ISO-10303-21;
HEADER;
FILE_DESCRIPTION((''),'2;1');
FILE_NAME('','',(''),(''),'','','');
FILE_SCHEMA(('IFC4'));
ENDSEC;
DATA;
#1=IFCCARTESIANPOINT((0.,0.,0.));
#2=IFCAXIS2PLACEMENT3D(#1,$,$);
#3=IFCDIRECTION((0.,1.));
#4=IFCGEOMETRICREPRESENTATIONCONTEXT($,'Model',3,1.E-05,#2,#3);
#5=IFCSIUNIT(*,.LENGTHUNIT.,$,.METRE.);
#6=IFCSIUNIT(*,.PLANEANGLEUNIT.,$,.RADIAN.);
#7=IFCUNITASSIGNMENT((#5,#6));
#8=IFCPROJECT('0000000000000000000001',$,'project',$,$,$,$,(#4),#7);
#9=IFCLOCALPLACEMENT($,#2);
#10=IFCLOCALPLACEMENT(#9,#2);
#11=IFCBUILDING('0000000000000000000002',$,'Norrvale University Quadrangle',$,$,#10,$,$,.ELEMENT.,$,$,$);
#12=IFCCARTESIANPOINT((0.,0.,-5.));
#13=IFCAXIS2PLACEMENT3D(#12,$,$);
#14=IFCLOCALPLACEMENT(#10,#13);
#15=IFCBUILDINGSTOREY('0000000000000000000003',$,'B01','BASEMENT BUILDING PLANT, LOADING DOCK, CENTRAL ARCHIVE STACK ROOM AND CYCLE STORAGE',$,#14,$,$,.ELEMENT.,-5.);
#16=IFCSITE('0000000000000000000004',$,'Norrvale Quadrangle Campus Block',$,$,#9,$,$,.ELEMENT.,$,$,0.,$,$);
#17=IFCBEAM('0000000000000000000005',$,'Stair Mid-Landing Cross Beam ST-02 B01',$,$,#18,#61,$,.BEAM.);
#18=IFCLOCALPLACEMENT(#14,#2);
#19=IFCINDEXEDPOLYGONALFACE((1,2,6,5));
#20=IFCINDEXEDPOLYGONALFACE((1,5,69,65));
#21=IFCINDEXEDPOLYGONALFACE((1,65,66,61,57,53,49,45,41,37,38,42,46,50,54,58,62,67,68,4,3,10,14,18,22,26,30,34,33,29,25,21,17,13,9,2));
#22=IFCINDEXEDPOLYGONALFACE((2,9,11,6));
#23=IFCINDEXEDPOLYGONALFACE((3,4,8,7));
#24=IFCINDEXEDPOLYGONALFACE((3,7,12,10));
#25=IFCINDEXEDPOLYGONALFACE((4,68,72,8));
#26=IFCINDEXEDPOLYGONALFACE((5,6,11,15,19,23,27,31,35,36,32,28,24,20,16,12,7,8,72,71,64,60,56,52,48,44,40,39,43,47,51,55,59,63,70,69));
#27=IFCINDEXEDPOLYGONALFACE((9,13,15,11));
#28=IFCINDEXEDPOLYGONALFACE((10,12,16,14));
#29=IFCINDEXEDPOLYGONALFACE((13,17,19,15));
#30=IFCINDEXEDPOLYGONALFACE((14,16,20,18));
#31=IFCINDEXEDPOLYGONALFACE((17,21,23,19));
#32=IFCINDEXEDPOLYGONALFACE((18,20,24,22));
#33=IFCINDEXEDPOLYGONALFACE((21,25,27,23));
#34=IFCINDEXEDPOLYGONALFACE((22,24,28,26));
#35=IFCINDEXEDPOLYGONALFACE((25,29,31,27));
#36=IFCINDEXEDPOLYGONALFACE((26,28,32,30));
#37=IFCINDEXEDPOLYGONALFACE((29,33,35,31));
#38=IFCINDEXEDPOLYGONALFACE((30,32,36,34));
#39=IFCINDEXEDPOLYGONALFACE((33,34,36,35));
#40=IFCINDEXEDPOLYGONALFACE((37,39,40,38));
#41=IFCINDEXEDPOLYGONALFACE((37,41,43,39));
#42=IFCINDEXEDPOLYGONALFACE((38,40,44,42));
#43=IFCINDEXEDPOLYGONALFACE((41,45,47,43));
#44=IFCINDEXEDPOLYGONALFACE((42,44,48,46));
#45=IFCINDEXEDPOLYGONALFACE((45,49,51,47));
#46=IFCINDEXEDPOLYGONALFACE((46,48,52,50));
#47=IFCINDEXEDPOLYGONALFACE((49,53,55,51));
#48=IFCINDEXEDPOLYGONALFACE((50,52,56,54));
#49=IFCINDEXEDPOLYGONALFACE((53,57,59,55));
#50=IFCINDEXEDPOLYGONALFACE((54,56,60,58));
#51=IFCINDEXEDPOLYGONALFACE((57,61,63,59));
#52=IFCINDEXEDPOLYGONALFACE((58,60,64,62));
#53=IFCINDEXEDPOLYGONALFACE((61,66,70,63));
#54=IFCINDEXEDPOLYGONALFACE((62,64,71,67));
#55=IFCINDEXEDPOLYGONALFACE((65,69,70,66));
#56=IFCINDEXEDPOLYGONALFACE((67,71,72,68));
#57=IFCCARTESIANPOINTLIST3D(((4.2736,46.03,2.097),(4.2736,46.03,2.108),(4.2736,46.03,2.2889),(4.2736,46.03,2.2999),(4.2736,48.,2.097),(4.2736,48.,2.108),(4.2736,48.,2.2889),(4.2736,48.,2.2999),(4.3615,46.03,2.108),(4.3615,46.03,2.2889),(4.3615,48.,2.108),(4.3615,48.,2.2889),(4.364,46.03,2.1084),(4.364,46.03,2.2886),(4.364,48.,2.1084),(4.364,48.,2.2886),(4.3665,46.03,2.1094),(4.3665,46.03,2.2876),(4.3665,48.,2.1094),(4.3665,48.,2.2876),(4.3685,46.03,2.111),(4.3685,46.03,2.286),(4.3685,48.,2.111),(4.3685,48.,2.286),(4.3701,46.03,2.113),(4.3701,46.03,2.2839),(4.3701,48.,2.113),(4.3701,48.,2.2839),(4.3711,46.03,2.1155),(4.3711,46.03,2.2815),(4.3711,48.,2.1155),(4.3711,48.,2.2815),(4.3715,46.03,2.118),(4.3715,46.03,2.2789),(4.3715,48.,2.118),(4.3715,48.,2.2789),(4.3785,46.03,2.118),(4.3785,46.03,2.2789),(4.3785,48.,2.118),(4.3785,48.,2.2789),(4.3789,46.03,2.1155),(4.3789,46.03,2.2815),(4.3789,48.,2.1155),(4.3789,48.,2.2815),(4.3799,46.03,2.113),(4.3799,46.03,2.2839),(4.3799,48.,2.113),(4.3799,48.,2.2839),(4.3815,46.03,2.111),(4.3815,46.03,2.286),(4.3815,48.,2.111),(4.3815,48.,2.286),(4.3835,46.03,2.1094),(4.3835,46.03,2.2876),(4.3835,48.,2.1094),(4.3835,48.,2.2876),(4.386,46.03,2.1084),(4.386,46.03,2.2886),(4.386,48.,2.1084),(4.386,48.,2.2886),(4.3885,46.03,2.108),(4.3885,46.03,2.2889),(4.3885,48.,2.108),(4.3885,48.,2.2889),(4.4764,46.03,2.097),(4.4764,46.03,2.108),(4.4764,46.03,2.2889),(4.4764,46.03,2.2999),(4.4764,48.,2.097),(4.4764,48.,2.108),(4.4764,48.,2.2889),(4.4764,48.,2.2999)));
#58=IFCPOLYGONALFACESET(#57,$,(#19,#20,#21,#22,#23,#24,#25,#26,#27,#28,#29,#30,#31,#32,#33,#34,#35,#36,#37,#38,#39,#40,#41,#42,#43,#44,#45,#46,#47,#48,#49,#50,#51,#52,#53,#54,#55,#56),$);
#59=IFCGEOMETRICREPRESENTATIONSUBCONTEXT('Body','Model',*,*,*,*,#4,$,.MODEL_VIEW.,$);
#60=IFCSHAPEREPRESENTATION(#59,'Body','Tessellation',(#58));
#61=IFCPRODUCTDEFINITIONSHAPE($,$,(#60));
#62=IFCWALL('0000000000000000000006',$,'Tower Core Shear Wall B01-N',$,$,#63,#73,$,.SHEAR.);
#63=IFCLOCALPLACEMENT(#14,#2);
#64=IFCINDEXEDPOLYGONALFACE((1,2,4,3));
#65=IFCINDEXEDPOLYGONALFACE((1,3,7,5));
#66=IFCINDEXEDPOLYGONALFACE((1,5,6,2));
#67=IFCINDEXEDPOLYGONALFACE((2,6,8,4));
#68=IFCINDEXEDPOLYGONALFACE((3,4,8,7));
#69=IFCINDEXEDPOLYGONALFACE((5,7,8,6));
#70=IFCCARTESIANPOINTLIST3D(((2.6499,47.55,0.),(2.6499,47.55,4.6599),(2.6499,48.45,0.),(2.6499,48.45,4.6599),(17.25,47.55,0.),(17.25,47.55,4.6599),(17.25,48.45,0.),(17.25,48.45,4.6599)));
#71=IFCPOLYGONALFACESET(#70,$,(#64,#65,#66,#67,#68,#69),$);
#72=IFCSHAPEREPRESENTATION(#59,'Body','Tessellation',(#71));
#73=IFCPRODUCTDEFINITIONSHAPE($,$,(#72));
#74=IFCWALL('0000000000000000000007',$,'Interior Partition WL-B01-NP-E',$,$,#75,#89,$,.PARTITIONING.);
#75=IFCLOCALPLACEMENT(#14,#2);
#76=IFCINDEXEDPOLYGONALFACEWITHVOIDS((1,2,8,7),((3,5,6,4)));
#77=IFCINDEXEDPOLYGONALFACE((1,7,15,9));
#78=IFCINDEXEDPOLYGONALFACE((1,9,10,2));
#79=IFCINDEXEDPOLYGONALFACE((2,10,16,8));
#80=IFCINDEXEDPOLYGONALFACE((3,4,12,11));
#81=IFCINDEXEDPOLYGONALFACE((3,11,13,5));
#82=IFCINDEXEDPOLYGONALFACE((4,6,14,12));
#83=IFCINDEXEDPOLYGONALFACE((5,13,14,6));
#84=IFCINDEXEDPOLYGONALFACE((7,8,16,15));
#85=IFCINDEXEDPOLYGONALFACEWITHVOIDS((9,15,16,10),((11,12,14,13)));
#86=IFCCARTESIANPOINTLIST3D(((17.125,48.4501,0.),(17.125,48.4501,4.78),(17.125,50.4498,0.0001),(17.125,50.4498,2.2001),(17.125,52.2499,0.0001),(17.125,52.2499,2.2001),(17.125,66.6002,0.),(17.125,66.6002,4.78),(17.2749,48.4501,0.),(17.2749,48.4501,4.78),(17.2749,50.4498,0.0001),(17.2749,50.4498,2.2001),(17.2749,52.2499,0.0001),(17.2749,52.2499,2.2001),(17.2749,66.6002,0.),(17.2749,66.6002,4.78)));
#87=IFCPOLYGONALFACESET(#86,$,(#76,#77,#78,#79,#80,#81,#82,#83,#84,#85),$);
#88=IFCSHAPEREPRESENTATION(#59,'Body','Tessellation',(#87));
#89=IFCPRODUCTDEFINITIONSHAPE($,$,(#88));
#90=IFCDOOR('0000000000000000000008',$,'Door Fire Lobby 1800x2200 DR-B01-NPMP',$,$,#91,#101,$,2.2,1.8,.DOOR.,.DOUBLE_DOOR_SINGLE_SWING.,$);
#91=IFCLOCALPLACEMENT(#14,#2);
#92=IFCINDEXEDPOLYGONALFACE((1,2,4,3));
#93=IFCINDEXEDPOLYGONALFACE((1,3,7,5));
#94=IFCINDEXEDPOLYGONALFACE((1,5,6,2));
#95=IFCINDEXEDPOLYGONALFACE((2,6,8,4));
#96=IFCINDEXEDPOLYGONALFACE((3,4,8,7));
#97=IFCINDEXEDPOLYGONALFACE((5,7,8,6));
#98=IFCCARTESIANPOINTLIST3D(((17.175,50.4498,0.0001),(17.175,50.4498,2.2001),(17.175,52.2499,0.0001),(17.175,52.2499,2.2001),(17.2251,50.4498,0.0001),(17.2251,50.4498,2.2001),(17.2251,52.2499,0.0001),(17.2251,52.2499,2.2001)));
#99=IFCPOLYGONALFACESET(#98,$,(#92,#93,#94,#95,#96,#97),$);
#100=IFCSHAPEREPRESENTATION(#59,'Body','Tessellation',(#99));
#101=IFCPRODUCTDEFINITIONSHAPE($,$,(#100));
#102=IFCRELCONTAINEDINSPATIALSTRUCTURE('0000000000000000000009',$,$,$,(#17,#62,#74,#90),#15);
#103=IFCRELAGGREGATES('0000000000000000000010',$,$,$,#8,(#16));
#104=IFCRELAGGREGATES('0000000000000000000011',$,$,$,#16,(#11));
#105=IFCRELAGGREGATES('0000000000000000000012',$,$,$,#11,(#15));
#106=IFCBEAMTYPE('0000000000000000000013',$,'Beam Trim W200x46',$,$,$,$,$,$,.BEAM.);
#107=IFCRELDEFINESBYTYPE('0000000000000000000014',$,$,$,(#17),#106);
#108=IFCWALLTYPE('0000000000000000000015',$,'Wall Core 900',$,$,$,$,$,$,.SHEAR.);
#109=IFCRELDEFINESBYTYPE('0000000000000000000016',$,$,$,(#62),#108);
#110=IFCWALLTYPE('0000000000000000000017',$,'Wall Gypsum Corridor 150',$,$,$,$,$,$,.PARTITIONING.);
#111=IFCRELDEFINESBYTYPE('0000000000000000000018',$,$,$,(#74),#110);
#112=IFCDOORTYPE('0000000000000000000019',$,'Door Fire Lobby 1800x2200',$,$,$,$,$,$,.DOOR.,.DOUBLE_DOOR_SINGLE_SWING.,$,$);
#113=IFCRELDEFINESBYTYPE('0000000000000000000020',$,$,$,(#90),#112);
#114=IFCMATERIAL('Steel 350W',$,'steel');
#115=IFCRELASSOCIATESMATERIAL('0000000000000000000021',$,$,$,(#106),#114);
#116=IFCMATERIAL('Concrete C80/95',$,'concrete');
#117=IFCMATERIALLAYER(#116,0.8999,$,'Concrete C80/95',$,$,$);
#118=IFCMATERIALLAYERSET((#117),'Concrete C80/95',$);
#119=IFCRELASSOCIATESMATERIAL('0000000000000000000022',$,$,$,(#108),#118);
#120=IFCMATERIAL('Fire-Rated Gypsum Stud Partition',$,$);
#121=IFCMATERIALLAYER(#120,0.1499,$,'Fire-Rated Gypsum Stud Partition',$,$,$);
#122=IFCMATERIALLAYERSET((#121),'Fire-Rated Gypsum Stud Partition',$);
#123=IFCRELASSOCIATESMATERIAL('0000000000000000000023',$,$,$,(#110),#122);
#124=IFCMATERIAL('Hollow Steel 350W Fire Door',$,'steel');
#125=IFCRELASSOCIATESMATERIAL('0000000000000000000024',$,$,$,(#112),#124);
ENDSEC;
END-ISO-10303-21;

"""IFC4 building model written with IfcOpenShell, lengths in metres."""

from ifc_helpers import new_model, si_unit, direction, frame, frame_2d, origin, origin_2d, place, context, subcontext, project, spatial, rectangle, i_section, extrude, material, layer, layer_set, material_profile, profile_set, type_object, element, fill, save


model = new_model("IFC4")

# Units and contexts
model_context = context("Model", 3, precision=1e-05, world=origin(), true_north=direction((0.0, 1.0)))
body_context = subcontext(model_context, "Body", "Model", "MODEL_VIEW")
ifc_project = project(units=[si_unit("LENGTHUNIT", "METRE"), si_unit("PLANEANGLEUNIT", "RADIAN")], contexts=[model_context])

# Site, building, storey
site_placement = place(None, origin())
site = spatial("IfcSite", under=ifc_project, at=site_placement, Name="Norrvale Quadrangle Campus Block", CompositionType="ELEMENT", RefElevation=0.0)
building_placement = place(site_placement, origin())
building = spatial("IfcBuilding", under=site, at=building_placement, Name="Norrvale University Quadrangle", CompositionType="ELEMENT")
storey_placement = place(building_placement, frame((0.0, 0.0, -5.0)))
storey = spatial("IfcBuildingStorey", under=building, at=storey_placement, Name="B01", Description="BASEMENT BUILDING PLANT, LOADING DOCK, CENTRAL ARCHIVE STACK ROOM AND CYCLE STORAGE", CompositionType="ELEMENT", Elevation=-5.0)

# Shared definitions
ifc_material_1 = material(Name="Concrete C80/95", Category="concrete")

# Beam
ifc_material_2 = material(Name="Steel 350W", Category="steel")
ifc_material_profile_1 = material_profile(ifc_material_2, i_section(OverallWidth=0.2029, OverallDepth=0.2029, WebThickness=0.0071, FlangeThickness=0.011, FilletRadius=0.01, at=origin_2d()), Name="Steel 350W")
ifc_profile_set_1 = profile_set([ifc_material_profile_1], Name="Steel 350W")
beam_type_1 = type_object("IfcBeamType", Name="Beam Trim W200x46", PredefinedType="BEAM", material=ifc_profile_set_1)
beam_1_placement = place(storey_placement, frame((4.375, 46.03, 2.1985), z_axis=(0.0, 1.0, 0.0), x_axis=(-1.0, 0.0, 0.0)))
element("IfcBeam", 1, at=beam_1_placement, inside=storey, type_object=beam_type_1, Name="Stair Mid-Landing Cross Beam ST-02 B01", PredefinedType="BEAM", context=body_context, shape_type="SweptSolid", body=[
    extrude(i_section(OverallWidth=0.2029, OverallDepth=0.2029, WebThickness=0.0071, FlangeThickness=0.011, FilletRadius=0.01, at=origin_2d()), origin(), (0.0, 0.0, 1.0), 1.97),
])

# Wall
ifc_layer_1 = layer(ifc_material_1, 0.8999, Name="Concrete C80/95")
ifc_layer_set_1 = layer_set([ifc_layer_1], Name="Concrete C80/95")
wall_type_1 = type_object("IfcWallType", Name="Wall Core 900", PredefinedType="SHEAR", material=ifc_layer_set_1)
wall_1_placement = place(storey_placement, frame((2.6499, 48.0, 0.0), z_axis=(0.0, 0.0, 1.0), x_axis=(1.0, 0.0, 0.0)))
element("IfcWall", 2, at=wall_1_placement, inside=storey, type_object=wall_type_1, Name="Tower Core Shear Wall B01-N", PredefinedType="SHEAR", context=body_context, shape_type="SweptSolid", body=[
    extrude(rectangle(XDim=14.6001, YDim=0.8999, at=frame_2d((7.3, 0.0))), origin(), (0.0, 0.0, 1.0), 4.6599),
])

# Wall, opening, door
ifc_material_3 = material(Name="Fire-Rated Gypsum Stud Partition")
ifc_layer_2 = layer(ifc_material_3, 0.1499, Name="Fire-Rated Gypsum Stud Partition")
ifc_layer_set_2 = layer_set([ifc_layer_2], Name="Fire-Rated Gypsum Stud Partition")
wall_type_2 = type_object("IfcWallType", Name="Wall Gypsum Corridor 150", PredefinedType="PARTITIONING", material=ifc_layer_set_2)
wall_2_placement = place(storey_placement, frame((17.2, 48.45, 0.0), z_axis=(0.0, 0.0, 1.0), x_axis=(0.0, 1.0, 0.0)))
wall_2 = element("IfcWall", 3, at=wall_2_placement, inside=storey, type_object=wall_type_2, Name="Interior Partition WL-B01-NP-E", PredefinedType="PARTITIONING", context=body_context, shape_type="SweptSolid", body=[
    extrude(rectangle(XDim=18.1501, YDim=0.1499, at=frame_2d((9.0752, 0.0))), origin(), (0.0, 0.0, 1.0), 4.78),
])
opening_placement = place(wall_2_placement, frame((2.0, 0.0, 0.0)))
opening = element("IfcOpeningElement", 4, at=opening_placement, cuts=wall_2, PredefinedType="OPENING", context=body_context, shape_type="SweptSolid", body=[
    extrude(rectangle(XDim=1.8, YDim=2.2, at=frame_2d((0.8999, 1.1001))), frame((0.0, 0.0869, 0.0), z_axis=(0.0, -1.0, 0.0), x_axis=(1.0, 0.0, 0.0)), (0.0, 0.0, 1.0), 0.1738),
])
ifc_material_4 = material(Name="Hollow Steel 350W Fire Door", Category="steel")
door_type = type_object("IfcDoorType", Name="Door Fire Lobby 1800x2200", OperationType="DOUBLE_DOOR_SINGLE_SWING", PredefinedType="DOOR", material=ifc_material_4)
door_placement = place(opening_placement, origin())
door = element("IfcDoor", 5, at=door_placement, inside=storey, type_object=door_type, Name="Door Fire Lobby 1800x2200 DR-B01-NPMP", OperationType="DOUBLE_DOOR_SINGLE_SWING", OverallHeight=2.2, OverallWidth=1.8, PredefinedType="DOOR", context=body_context, shape_type="SweptSolid", body=[
    extrude(rectangle(XDim=1.8, YDim=2.2, at=frame_2d((0.8999, 1.1001))), frame((0.0, 0.0249, 0.0), z_axis=(0.0, -1.0, 0.0), x_axis=(1.0, 0.0, 0.0)), (0.0, 0.0, 1.0), 0.05),
])
fill(opening, door)

save(model, "model.ifc")
